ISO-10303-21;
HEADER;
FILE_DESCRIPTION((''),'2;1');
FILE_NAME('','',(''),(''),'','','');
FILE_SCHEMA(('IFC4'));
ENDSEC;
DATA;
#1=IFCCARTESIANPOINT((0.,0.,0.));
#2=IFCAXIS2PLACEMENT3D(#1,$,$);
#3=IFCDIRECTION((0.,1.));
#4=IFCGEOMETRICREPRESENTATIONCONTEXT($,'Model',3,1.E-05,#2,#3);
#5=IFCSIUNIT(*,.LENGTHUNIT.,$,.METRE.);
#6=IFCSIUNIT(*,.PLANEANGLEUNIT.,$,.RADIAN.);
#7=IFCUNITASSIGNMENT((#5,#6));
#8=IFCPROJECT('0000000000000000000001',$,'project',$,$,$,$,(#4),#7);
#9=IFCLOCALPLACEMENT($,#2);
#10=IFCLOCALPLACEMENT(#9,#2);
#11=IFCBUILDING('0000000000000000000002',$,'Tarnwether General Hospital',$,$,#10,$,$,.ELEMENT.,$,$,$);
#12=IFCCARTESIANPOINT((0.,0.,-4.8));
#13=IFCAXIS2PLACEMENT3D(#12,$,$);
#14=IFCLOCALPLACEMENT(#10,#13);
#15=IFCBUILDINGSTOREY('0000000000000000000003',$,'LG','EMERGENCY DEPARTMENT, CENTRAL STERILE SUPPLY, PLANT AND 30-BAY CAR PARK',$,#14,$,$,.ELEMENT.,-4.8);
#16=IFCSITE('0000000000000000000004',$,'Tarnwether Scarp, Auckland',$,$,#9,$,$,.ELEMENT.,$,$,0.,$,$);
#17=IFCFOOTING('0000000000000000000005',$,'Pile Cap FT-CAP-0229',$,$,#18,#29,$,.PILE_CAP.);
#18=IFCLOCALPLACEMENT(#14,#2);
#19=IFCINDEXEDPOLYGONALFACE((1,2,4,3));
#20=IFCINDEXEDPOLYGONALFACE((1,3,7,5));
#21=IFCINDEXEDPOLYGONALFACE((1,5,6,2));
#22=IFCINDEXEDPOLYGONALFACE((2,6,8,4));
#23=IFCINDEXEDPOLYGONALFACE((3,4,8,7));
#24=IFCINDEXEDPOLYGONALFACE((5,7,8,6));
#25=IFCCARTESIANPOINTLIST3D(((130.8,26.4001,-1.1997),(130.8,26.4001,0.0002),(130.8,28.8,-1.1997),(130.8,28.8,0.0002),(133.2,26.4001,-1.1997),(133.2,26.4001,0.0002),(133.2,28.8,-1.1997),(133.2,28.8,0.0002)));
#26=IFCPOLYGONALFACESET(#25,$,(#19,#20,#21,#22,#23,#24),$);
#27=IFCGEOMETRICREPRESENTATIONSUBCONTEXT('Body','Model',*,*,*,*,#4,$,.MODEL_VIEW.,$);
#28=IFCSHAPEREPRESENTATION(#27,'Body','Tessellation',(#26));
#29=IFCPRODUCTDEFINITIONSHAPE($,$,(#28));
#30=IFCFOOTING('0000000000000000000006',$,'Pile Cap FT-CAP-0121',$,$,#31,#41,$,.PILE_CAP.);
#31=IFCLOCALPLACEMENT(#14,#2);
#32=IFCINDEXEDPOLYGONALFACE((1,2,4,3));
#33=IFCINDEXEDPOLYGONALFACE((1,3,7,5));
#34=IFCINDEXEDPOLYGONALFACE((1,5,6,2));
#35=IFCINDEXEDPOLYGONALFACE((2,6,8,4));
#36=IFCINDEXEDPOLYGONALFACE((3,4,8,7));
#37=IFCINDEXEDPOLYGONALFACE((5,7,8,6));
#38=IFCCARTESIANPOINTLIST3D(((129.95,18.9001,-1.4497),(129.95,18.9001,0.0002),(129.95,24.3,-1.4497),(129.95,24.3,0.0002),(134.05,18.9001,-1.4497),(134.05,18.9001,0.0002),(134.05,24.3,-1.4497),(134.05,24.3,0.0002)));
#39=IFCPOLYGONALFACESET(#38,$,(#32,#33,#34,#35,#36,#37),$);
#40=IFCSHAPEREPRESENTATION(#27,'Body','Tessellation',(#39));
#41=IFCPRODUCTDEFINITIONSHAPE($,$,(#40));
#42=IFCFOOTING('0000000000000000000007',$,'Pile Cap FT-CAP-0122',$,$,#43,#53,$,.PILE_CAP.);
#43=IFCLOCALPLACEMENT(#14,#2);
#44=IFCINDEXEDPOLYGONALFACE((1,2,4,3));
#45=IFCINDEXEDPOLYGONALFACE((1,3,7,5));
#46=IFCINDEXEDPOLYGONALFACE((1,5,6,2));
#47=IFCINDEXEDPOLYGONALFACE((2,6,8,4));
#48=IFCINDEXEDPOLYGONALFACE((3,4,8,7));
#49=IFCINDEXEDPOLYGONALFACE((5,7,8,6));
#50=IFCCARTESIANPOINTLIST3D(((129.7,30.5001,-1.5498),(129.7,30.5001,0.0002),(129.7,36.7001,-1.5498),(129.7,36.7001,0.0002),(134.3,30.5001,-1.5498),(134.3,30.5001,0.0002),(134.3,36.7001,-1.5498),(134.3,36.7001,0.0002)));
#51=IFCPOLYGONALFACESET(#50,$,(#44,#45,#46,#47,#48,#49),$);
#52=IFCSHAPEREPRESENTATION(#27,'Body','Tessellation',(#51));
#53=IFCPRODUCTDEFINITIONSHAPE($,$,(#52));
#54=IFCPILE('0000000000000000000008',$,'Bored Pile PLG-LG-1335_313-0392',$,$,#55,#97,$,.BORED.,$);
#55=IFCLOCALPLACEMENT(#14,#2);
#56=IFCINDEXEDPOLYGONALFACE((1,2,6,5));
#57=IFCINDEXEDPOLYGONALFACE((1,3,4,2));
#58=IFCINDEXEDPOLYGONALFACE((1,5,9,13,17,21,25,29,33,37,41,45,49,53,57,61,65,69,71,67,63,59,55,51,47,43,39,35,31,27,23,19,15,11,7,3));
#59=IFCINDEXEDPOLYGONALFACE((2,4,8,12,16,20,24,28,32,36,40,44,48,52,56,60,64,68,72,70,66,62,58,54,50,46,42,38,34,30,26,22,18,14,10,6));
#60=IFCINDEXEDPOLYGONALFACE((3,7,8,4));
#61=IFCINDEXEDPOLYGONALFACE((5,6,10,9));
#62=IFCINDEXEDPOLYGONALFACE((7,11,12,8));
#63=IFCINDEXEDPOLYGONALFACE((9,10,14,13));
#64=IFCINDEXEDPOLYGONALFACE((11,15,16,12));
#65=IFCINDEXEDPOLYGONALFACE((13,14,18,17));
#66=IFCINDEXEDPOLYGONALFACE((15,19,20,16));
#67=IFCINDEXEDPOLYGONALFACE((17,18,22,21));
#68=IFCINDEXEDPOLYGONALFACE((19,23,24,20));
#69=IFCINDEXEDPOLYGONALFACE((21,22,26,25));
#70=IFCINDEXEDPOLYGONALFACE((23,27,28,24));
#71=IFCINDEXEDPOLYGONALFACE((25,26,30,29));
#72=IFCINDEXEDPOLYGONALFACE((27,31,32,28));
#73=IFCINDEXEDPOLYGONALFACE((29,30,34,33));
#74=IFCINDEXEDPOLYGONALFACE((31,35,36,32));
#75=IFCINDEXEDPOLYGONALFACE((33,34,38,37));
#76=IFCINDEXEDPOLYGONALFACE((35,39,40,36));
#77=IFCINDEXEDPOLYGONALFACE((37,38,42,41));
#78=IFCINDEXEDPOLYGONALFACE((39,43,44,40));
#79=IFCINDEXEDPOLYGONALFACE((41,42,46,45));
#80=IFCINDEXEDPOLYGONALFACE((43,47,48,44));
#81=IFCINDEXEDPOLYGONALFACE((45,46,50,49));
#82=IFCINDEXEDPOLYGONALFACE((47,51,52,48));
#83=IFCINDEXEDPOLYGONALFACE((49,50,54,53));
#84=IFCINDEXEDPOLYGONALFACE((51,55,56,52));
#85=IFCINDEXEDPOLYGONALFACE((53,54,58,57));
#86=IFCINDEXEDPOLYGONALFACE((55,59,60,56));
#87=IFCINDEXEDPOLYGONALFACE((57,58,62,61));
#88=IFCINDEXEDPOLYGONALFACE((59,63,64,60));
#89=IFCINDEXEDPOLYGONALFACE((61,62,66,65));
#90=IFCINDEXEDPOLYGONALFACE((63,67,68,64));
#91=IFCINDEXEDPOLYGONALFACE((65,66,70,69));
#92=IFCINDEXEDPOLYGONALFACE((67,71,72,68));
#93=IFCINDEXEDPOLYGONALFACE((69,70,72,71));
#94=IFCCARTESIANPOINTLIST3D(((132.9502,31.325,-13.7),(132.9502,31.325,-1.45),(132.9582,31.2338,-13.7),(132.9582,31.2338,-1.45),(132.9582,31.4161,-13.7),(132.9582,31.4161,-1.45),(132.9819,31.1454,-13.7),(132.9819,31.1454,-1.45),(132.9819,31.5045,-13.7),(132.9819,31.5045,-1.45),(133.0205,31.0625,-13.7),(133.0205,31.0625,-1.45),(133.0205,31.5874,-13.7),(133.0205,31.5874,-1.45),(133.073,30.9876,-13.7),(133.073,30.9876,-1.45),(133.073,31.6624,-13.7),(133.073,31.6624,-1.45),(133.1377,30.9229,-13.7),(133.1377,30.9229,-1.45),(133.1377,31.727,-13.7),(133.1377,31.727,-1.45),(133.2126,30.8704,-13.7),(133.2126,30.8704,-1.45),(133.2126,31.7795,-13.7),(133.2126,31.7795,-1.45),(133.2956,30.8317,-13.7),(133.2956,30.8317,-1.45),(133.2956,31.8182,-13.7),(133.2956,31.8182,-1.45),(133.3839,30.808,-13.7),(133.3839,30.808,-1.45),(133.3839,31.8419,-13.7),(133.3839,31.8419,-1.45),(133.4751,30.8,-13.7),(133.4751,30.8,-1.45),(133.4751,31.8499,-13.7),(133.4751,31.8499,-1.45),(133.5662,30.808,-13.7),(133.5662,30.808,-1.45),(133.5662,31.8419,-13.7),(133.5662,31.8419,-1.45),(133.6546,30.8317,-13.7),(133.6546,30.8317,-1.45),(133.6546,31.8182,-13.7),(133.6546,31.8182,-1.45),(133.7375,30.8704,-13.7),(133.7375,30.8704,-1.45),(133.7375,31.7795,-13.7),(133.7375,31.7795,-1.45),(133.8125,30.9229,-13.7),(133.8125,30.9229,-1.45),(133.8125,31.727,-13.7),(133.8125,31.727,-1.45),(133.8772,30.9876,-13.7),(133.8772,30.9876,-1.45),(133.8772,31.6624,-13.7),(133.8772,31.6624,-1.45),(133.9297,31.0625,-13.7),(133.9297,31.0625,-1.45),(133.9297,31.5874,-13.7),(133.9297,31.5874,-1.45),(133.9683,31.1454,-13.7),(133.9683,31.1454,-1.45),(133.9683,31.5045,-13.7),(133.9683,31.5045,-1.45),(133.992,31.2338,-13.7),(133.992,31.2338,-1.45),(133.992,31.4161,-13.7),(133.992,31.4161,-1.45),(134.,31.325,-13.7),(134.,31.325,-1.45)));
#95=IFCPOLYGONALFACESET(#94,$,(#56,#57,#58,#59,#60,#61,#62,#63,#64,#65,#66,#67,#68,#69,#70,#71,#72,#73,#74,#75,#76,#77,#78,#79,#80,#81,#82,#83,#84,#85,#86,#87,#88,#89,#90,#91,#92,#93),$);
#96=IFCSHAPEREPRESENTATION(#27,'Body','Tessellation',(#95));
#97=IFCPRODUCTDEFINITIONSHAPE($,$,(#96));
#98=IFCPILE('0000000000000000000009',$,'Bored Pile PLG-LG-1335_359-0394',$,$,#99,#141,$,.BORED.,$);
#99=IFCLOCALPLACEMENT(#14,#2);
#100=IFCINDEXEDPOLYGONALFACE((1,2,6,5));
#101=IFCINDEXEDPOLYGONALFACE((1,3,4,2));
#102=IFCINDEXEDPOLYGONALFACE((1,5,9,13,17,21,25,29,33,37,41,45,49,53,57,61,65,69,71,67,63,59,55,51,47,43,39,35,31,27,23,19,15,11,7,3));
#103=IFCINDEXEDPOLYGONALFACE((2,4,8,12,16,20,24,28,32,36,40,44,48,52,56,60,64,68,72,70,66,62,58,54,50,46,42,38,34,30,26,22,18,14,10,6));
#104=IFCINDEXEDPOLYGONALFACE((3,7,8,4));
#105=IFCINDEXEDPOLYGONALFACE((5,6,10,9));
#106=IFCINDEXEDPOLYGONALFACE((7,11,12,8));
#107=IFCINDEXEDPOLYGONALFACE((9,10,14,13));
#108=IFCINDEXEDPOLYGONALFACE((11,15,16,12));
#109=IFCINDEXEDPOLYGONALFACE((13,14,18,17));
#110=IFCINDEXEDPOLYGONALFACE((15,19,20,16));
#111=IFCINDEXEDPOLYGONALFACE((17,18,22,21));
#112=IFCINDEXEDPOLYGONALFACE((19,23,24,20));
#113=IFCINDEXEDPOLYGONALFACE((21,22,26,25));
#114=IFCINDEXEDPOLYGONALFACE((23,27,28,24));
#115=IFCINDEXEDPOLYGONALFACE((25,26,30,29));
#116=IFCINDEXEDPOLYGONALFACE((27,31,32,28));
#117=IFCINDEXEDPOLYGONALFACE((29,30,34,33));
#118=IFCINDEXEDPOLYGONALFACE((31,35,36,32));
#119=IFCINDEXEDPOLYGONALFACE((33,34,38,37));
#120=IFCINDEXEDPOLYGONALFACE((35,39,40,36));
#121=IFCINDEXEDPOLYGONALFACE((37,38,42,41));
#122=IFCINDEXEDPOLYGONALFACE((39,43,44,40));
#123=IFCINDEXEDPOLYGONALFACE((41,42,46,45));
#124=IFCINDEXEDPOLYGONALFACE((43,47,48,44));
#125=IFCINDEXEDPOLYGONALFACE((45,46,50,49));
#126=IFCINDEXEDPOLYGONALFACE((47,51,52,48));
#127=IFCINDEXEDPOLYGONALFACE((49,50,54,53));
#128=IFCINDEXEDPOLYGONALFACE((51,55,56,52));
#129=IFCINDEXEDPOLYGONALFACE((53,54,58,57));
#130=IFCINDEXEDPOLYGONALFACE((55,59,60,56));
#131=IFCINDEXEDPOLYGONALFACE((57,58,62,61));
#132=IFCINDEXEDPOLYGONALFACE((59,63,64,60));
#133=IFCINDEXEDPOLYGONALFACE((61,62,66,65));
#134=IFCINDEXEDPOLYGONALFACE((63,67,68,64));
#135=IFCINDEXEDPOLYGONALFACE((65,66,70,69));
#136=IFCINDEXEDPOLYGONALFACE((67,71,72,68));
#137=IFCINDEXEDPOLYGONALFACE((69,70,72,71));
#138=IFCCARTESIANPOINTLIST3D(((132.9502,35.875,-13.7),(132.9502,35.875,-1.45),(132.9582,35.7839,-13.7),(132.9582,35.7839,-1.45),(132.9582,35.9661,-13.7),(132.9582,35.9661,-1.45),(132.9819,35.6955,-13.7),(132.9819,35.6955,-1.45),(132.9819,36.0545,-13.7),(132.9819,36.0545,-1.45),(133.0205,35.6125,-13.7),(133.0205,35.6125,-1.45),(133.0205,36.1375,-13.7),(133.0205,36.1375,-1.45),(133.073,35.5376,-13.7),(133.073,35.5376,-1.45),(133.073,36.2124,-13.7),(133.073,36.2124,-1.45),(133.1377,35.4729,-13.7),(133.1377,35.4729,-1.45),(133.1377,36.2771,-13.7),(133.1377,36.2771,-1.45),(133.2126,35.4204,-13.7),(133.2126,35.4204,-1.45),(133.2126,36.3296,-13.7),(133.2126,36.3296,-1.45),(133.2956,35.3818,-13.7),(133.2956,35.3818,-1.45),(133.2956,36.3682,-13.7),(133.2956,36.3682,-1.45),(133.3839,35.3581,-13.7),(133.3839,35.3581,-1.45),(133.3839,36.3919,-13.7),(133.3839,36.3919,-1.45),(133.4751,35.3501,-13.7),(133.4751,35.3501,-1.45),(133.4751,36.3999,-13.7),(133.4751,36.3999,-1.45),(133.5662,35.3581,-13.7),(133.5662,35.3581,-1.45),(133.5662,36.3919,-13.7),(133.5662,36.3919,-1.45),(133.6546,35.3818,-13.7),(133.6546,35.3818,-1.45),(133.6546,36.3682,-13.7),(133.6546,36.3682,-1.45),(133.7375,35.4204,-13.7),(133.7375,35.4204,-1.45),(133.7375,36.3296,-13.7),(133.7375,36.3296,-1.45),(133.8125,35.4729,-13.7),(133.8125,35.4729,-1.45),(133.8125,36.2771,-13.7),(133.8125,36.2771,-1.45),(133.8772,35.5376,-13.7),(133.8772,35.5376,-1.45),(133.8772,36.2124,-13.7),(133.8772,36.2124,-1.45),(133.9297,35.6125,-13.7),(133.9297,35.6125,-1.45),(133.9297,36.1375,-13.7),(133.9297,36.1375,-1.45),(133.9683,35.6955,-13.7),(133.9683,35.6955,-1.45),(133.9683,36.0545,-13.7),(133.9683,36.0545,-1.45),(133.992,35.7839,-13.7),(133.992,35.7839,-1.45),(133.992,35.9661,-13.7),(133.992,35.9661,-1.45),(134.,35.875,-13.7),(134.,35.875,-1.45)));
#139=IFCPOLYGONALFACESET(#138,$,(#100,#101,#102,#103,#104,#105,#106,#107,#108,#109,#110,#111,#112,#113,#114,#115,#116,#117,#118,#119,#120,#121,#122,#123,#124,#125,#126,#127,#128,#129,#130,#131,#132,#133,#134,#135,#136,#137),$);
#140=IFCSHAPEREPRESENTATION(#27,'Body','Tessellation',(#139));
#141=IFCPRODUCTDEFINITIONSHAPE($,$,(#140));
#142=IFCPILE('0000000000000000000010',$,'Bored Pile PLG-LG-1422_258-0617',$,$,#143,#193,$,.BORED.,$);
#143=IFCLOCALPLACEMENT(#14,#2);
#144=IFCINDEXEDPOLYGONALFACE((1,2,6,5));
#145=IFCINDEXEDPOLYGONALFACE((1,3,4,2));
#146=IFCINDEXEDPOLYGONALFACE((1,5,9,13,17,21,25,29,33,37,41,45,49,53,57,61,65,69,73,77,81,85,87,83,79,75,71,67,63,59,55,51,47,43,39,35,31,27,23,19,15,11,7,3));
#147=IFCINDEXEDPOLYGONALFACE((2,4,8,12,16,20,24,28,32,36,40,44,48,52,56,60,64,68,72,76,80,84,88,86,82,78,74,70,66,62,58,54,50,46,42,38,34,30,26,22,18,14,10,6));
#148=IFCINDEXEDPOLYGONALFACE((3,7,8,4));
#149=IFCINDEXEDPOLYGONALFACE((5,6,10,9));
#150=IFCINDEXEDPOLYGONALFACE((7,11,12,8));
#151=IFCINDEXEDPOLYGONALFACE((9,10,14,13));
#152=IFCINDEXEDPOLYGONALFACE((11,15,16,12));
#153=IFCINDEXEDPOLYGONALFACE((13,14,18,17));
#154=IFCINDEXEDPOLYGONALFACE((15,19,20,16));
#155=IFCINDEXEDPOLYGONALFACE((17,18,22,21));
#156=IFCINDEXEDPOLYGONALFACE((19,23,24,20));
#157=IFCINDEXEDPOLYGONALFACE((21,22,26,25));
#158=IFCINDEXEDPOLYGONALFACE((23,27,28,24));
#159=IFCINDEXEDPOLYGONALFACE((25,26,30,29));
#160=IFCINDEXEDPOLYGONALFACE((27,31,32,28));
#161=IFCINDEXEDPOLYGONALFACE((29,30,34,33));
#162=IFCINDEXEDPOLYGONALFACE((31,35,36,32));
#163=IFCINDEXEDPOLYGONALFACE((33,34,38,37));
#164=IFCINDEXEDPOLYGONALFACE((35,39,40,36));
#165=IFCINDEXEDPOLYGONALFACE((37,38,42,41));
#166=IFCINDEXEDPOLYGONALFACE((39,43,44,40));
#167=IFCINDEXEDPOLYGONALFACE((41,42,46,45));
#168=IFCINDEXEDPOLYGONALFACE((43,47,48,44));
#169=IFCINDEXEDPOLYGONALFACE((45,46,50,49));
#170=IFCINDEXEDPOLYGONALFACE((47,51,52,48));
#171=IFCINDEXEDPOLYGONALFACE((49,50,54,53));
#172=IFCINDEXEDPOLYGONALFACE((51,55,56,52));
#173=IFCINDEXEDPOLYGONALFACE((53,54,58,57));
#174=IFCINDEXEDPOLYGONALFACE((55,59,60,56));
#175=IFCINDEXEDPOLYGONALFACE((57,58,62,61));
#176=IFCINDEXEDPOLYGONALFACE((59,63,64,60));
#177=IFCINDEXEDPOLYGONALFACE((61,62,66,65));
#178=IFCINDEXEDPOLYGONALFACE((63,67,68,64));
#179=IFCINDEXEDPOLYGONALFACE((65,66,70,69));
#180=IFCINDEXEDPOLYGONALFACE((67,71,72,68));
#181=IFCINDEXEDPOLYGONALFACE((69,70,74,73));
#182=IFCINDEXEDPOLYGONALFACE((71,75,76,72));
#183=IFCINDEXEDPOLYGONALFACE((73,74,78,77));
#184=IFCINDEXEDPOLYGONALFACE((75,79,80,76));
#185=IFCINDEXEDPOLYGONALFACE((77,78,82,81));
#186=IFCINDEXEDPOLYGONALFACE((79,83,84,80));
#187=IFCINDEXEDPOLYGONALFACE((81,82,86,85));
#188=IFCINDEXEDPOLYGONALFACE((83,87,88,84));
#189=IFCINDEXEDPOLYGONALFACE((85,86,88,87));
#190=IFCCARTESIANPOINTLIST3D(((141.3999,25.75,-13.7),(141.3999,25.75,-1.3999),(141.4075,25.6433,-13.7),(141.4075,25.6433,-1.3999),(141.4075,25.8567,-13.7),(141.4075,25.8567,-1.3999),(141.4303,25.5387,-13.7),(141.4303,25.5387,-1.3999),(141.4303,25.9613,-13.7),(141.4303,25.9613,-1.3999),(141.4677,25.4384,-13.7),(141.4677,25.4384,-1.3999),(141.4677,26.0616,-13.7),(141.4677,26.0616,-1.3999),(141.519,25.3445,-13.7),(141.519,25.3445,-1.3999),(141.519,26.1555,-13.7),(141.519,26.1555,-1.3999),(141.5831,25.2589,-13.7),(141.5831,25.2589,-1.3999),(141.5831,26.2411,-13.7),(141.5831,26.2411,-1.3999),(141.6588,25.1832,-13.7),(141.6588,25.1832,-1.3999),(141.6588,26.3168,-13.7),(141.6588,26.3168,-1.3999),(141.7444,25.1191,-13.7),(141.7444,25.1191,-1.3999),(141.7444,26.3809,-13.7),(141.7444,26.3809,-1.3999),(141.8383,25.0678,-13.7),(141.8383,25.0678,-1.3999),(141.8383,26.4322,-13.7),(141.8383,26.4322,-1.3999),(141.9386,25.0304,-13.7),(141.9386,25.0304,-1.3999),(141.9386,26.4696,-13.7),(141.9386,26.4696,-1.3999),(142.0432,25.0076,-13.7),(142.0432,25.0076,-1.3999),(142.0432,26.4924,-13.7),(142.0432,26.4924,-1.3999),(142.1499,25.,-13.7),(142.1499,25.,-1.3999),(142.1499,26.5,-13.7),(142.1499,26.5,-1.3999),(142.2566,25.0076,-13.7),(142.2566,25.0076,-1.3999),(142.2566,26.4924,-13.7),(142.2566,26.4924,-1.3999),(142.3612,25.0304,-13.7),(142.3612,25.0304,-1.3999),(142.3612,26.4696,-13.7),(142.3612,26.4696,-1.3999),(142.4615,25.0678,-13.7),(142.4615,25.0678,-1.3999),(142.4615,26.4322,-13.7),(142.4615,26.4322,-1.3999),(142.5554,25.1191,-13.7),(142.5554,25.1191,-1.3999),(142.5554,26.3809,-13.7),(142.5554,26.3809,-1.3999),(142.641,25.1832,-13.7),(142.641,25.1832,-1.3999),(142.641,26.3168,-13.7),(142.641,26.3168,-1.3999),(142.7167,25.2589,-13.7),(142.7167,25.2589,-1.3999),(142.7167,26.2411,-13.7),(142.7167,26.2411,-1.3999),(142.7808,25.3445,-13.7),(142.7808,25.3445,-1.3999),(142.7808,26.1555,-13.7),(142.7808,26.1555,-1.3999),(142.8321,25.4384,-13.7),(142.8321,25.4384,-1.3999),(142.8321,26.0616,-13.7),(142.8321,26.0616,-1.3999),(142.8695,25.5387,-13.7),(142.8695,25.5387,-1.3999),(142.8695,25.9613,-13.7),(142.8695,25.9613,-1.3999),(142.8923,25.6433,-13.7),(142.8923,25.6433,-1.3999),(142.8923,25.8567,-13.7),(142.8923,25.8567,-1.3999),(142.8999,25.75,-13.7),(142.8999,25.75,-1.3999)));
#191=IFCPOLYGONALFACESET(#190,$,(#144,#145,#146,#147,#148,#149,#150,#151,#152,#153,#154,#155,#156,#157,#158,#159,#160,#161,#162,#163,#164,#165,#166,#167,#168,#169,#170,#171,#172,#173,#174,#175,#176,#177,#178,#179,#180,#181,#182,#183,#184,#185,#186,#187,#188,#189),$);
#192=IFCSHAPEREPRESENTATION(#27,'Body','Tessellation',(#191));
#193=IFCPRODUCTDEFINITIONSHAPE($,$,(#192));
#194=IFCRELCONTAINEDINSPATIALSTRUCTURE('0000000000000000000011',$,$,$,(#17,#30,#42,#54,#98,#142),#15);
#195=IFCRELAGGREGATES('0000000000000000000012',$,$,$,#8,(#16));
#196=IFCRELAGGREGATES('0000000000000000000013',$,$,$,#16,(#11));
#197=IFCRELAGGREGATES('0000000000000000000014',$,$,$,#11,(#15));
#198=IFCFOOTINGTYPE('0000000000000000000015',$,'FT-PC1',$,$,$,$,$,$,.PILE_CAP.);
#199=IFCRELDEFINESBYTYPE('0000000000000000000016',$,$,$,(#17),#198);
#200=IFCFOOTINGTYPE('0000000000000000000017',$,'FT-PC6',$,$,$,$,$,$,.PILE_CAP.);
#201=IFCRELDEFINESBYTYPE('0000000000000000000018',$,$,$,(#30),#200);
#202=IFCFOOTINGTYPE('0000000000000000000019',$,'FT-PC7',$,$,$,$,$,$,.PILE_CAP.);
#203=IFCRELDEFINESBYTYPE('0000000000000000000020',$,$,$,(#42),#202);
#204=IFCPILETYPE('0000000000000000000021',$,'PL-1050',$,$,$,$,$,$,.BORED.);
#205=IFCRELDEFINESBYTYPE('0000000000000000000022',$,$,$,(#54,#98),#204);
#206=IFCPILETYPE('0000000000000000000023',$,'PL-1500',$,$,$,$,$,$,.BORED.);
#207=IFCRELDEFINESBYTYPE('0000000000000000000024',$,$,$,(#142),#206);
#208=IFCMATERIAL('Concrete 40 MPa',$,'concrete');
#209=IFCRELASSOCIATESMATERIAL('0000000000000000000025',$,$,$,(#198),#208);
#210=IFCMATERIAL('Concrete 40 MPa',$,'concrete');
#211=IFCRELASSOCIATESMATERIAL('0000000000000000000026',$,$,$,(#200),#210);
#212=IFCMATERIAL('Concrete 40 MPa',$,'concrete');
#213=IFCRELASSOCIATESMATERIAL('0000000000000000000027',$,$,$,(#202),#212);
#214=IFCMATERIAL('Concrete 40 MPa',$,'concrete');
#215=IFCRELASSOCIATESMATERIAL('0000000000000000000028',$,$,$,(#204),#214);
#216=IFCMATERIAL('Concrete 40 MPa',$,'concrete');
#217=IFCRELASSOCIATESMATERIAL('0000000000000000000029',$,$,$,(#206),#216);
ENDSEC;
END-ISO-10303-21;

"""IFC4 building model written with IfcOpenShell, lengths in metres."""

from ifc_helpers import new_model, si_unit, direction, frame, origin, origin_2d, place, context, subcontext, project, spatial, rectangle, circle, extrude, material, material_profile, profile_set, type_object, element, save


model = new_model("IFC4")

# Units and contexts
model_context = context("Model", 3, precision=1e-05, world=origin(), true_north=direction((0.0, 1.0)))
body_context = subcontext(model_context, "Body", "Model", "MODEL_VIEW")
ifc_project = project(units=[si_unit("LENGTHUNIT", "METRE"), si_unit("PLANEANGLEUNIT", "RADIAN")], contexts=[model_context])

# Site, building, storey
site_placement = place(None, origin())
site = spatial("IfcSite", under=ifc_project, at=site_placement, Name="Tarnwether Scarp, Auckland", CompositionType="ELEMENT", RefElevation=0.0)
building_placement = place(site_placement, origin())
building = spatial("IfcBuilding", under=site, at=building_placement, Name="Tarnwether General Hospital", CompositionType="ELEMENT")
storey_placement = place(building_placement, frame((0.0, 0.0, -4.8)))
storey = spatial("IfcBuildingStorey", under=building, at=storey_placement, Name="LG", Description="EMERGENCY DEPARTMENT, CENTRAL STERILE SUPPLY, PLANT AND 30-BAY CAR PARK", CompositionType="ELEMENT", Elevation=-4.8)

# Footings
ifc_material_1 = material(Name="Concrete 40 MPa", Category="concrete")
footing_type_1 = type_object("IfcFootingType", Name="FT-PC1", PredefinedType="PILE_CAP", material=ifc_material_1)
footing_1_placement = place(storey_placement, frame((132.0, 27.6001, -1.1997), z_axis=(0.0, 0.0, 1.0), x_axis=(1.0, 0.0, 0.0)))
element("IfcFooting", 1, at=footing_1_placement, inside=storey, type_object=footing_type_1, Name="Pile Cap FT-CAP-0229", PredefinedType="PILE_CAP", context=body_context, shape_type="SweptSolid", body=[
    extrude(rectangle(XDim=2.3999, YDim=2.3999, at=origin_2d()), origin(), (0.0, 0.0, 1.0), 1.2),
])
ifc_material_2 = material(Name="Concrete 40 MPa", Category="concrete")
footing_type_2 = type_object("IfcFootingType", Name="FT-PC6", PredefinedType="PILE_CAP", material=ifc_material_2)
footing_2_placement = place(storey_placement, frame((132.0, 21.6001, -1.4497), z_axis=(0.0, 0.0, 1.0), x_axis=(0.0, 1.0, 0.0)))
element("IfcFooting", 2, at=footing_2_placement, inside=storey, type_object=footing_type_2, Name="Pile Cap FT-CAP-0121", PredefinedType="PILE_CAP", context=body_context, shape_type="SweptSolid", body=[
    extrude(rectangle(XDim=5.3999, YDim=4.1001, at=origin_2d()), origin(), (0.0, 0.0, 1.0), 1.45),
])
ifc_material_3 = material(Name="Concrete 40 MPa", Category="concrete")
footing_type_3 = type_object("IfcFootingType", Name="FT-PC7", PredefinedType="PILE_CAP", material=ifc_material_3)
footing_3_placement = place(storey_placement, frame((132.0, 33.6001, -1.5498), z_axis=(0.0, 0.0, 1.0), x_axis=(0.0, 1.0, 0.0)))
element("IfcFooting", 3, at=footing_3_placement, inside=storey, type_object=footing_type_3, Name="Pile Cap FT-CAP-0122", PredefinedType="PILE_CAP", context=body_context, shape_type="SweptSolid", body=[
    extrude(rectangle(XDim=6.2, YDim=4.6001, at=origin_2d()), origin(), (0.0, 0.0, 1.0), 1.55),
])

# Piles
ifc_material_4 = material(Name="Concrete 40 MPa", Category="concrete")
ifc_material_profile_1 = material_profile(ifc_material_4, circle(Radius=0.5249, at=origin_2d()), Name="PILE-D1050")
ifc_profile_set_1 = profile_set([ifc_material_profile_1], Name="Concrete 40 MPa")
pile_type_1 = type_object("IfcPileType", Name="PL-1050", PredefinedType="BORED", material=ifc_profile_set_1)
for number, where, z_axis, x_axis, name in (
    (4, (133.4751, 31.325, -1.45), (0.0, 0.0, -1.0), (1.0, 0.0, 0.0), "Bored Pile PLG-LG-1335_313-0392"),
    (5, (133.4751, 35.875, -1.45), (0.0, 0.0, -1.0), (1.0, 0.0, 0.0), "Bored Pile PLG-LG-1335_359-0394"),
):
    element("IfcPile", number, at=place(storey_placement, frame(where, z_axis=z_axis, x_axis=x_axis)), inside=storey, type_object=pile_type_1, Name=name, PredefinedType="BORED", context=body_context, shape_type="SweptSolid", body=[
        extrude(circle(Radius=0.5249, at=origin_2d()), origin(), (0.0, 0.0, 1.0), 12.25),
    ])
ifc_material_5 = material(Name="Concrete 40 MPa", Category="concrete")
ifc_material_profile_2 = material_profile(ifc_material_5, circle(Radius=0.75, at=origin_2d()), Name="PILE-D1500")
ifc_profile_set_2 = profile_set([ifc_material_profile_2], Name="Concrete 40 MPa")
pile_type_2 = type_object("IfcPileType", Name="PL-1500", PredefinedType="BORED", material=ifc_profile_set_2)
for number, where, z_axis, x_axis, name in (
    (6, (142.1499, 25.75, -1.3999), (0.0, 0.0, -1.0), (1.0, 0.0, 0.0), "Bored Pile PLG-LG-1422_258-0617"),
):
    element("IfcPile", number, at=place(storey_placement, frame(where, z_axis=z_axis, x_axis=x_axis)), inside=storey, type_object=pile_type_2, Name=name, PredefinedType="BORED", context=body_context, shape_type="SweptSolid", body=[
        extrude(circle(Radius=0.75, at=origin_2d()), origin(), (0.0, 0.0, 1.0), 12.3),
    ])

save(model, "model.ifc")
